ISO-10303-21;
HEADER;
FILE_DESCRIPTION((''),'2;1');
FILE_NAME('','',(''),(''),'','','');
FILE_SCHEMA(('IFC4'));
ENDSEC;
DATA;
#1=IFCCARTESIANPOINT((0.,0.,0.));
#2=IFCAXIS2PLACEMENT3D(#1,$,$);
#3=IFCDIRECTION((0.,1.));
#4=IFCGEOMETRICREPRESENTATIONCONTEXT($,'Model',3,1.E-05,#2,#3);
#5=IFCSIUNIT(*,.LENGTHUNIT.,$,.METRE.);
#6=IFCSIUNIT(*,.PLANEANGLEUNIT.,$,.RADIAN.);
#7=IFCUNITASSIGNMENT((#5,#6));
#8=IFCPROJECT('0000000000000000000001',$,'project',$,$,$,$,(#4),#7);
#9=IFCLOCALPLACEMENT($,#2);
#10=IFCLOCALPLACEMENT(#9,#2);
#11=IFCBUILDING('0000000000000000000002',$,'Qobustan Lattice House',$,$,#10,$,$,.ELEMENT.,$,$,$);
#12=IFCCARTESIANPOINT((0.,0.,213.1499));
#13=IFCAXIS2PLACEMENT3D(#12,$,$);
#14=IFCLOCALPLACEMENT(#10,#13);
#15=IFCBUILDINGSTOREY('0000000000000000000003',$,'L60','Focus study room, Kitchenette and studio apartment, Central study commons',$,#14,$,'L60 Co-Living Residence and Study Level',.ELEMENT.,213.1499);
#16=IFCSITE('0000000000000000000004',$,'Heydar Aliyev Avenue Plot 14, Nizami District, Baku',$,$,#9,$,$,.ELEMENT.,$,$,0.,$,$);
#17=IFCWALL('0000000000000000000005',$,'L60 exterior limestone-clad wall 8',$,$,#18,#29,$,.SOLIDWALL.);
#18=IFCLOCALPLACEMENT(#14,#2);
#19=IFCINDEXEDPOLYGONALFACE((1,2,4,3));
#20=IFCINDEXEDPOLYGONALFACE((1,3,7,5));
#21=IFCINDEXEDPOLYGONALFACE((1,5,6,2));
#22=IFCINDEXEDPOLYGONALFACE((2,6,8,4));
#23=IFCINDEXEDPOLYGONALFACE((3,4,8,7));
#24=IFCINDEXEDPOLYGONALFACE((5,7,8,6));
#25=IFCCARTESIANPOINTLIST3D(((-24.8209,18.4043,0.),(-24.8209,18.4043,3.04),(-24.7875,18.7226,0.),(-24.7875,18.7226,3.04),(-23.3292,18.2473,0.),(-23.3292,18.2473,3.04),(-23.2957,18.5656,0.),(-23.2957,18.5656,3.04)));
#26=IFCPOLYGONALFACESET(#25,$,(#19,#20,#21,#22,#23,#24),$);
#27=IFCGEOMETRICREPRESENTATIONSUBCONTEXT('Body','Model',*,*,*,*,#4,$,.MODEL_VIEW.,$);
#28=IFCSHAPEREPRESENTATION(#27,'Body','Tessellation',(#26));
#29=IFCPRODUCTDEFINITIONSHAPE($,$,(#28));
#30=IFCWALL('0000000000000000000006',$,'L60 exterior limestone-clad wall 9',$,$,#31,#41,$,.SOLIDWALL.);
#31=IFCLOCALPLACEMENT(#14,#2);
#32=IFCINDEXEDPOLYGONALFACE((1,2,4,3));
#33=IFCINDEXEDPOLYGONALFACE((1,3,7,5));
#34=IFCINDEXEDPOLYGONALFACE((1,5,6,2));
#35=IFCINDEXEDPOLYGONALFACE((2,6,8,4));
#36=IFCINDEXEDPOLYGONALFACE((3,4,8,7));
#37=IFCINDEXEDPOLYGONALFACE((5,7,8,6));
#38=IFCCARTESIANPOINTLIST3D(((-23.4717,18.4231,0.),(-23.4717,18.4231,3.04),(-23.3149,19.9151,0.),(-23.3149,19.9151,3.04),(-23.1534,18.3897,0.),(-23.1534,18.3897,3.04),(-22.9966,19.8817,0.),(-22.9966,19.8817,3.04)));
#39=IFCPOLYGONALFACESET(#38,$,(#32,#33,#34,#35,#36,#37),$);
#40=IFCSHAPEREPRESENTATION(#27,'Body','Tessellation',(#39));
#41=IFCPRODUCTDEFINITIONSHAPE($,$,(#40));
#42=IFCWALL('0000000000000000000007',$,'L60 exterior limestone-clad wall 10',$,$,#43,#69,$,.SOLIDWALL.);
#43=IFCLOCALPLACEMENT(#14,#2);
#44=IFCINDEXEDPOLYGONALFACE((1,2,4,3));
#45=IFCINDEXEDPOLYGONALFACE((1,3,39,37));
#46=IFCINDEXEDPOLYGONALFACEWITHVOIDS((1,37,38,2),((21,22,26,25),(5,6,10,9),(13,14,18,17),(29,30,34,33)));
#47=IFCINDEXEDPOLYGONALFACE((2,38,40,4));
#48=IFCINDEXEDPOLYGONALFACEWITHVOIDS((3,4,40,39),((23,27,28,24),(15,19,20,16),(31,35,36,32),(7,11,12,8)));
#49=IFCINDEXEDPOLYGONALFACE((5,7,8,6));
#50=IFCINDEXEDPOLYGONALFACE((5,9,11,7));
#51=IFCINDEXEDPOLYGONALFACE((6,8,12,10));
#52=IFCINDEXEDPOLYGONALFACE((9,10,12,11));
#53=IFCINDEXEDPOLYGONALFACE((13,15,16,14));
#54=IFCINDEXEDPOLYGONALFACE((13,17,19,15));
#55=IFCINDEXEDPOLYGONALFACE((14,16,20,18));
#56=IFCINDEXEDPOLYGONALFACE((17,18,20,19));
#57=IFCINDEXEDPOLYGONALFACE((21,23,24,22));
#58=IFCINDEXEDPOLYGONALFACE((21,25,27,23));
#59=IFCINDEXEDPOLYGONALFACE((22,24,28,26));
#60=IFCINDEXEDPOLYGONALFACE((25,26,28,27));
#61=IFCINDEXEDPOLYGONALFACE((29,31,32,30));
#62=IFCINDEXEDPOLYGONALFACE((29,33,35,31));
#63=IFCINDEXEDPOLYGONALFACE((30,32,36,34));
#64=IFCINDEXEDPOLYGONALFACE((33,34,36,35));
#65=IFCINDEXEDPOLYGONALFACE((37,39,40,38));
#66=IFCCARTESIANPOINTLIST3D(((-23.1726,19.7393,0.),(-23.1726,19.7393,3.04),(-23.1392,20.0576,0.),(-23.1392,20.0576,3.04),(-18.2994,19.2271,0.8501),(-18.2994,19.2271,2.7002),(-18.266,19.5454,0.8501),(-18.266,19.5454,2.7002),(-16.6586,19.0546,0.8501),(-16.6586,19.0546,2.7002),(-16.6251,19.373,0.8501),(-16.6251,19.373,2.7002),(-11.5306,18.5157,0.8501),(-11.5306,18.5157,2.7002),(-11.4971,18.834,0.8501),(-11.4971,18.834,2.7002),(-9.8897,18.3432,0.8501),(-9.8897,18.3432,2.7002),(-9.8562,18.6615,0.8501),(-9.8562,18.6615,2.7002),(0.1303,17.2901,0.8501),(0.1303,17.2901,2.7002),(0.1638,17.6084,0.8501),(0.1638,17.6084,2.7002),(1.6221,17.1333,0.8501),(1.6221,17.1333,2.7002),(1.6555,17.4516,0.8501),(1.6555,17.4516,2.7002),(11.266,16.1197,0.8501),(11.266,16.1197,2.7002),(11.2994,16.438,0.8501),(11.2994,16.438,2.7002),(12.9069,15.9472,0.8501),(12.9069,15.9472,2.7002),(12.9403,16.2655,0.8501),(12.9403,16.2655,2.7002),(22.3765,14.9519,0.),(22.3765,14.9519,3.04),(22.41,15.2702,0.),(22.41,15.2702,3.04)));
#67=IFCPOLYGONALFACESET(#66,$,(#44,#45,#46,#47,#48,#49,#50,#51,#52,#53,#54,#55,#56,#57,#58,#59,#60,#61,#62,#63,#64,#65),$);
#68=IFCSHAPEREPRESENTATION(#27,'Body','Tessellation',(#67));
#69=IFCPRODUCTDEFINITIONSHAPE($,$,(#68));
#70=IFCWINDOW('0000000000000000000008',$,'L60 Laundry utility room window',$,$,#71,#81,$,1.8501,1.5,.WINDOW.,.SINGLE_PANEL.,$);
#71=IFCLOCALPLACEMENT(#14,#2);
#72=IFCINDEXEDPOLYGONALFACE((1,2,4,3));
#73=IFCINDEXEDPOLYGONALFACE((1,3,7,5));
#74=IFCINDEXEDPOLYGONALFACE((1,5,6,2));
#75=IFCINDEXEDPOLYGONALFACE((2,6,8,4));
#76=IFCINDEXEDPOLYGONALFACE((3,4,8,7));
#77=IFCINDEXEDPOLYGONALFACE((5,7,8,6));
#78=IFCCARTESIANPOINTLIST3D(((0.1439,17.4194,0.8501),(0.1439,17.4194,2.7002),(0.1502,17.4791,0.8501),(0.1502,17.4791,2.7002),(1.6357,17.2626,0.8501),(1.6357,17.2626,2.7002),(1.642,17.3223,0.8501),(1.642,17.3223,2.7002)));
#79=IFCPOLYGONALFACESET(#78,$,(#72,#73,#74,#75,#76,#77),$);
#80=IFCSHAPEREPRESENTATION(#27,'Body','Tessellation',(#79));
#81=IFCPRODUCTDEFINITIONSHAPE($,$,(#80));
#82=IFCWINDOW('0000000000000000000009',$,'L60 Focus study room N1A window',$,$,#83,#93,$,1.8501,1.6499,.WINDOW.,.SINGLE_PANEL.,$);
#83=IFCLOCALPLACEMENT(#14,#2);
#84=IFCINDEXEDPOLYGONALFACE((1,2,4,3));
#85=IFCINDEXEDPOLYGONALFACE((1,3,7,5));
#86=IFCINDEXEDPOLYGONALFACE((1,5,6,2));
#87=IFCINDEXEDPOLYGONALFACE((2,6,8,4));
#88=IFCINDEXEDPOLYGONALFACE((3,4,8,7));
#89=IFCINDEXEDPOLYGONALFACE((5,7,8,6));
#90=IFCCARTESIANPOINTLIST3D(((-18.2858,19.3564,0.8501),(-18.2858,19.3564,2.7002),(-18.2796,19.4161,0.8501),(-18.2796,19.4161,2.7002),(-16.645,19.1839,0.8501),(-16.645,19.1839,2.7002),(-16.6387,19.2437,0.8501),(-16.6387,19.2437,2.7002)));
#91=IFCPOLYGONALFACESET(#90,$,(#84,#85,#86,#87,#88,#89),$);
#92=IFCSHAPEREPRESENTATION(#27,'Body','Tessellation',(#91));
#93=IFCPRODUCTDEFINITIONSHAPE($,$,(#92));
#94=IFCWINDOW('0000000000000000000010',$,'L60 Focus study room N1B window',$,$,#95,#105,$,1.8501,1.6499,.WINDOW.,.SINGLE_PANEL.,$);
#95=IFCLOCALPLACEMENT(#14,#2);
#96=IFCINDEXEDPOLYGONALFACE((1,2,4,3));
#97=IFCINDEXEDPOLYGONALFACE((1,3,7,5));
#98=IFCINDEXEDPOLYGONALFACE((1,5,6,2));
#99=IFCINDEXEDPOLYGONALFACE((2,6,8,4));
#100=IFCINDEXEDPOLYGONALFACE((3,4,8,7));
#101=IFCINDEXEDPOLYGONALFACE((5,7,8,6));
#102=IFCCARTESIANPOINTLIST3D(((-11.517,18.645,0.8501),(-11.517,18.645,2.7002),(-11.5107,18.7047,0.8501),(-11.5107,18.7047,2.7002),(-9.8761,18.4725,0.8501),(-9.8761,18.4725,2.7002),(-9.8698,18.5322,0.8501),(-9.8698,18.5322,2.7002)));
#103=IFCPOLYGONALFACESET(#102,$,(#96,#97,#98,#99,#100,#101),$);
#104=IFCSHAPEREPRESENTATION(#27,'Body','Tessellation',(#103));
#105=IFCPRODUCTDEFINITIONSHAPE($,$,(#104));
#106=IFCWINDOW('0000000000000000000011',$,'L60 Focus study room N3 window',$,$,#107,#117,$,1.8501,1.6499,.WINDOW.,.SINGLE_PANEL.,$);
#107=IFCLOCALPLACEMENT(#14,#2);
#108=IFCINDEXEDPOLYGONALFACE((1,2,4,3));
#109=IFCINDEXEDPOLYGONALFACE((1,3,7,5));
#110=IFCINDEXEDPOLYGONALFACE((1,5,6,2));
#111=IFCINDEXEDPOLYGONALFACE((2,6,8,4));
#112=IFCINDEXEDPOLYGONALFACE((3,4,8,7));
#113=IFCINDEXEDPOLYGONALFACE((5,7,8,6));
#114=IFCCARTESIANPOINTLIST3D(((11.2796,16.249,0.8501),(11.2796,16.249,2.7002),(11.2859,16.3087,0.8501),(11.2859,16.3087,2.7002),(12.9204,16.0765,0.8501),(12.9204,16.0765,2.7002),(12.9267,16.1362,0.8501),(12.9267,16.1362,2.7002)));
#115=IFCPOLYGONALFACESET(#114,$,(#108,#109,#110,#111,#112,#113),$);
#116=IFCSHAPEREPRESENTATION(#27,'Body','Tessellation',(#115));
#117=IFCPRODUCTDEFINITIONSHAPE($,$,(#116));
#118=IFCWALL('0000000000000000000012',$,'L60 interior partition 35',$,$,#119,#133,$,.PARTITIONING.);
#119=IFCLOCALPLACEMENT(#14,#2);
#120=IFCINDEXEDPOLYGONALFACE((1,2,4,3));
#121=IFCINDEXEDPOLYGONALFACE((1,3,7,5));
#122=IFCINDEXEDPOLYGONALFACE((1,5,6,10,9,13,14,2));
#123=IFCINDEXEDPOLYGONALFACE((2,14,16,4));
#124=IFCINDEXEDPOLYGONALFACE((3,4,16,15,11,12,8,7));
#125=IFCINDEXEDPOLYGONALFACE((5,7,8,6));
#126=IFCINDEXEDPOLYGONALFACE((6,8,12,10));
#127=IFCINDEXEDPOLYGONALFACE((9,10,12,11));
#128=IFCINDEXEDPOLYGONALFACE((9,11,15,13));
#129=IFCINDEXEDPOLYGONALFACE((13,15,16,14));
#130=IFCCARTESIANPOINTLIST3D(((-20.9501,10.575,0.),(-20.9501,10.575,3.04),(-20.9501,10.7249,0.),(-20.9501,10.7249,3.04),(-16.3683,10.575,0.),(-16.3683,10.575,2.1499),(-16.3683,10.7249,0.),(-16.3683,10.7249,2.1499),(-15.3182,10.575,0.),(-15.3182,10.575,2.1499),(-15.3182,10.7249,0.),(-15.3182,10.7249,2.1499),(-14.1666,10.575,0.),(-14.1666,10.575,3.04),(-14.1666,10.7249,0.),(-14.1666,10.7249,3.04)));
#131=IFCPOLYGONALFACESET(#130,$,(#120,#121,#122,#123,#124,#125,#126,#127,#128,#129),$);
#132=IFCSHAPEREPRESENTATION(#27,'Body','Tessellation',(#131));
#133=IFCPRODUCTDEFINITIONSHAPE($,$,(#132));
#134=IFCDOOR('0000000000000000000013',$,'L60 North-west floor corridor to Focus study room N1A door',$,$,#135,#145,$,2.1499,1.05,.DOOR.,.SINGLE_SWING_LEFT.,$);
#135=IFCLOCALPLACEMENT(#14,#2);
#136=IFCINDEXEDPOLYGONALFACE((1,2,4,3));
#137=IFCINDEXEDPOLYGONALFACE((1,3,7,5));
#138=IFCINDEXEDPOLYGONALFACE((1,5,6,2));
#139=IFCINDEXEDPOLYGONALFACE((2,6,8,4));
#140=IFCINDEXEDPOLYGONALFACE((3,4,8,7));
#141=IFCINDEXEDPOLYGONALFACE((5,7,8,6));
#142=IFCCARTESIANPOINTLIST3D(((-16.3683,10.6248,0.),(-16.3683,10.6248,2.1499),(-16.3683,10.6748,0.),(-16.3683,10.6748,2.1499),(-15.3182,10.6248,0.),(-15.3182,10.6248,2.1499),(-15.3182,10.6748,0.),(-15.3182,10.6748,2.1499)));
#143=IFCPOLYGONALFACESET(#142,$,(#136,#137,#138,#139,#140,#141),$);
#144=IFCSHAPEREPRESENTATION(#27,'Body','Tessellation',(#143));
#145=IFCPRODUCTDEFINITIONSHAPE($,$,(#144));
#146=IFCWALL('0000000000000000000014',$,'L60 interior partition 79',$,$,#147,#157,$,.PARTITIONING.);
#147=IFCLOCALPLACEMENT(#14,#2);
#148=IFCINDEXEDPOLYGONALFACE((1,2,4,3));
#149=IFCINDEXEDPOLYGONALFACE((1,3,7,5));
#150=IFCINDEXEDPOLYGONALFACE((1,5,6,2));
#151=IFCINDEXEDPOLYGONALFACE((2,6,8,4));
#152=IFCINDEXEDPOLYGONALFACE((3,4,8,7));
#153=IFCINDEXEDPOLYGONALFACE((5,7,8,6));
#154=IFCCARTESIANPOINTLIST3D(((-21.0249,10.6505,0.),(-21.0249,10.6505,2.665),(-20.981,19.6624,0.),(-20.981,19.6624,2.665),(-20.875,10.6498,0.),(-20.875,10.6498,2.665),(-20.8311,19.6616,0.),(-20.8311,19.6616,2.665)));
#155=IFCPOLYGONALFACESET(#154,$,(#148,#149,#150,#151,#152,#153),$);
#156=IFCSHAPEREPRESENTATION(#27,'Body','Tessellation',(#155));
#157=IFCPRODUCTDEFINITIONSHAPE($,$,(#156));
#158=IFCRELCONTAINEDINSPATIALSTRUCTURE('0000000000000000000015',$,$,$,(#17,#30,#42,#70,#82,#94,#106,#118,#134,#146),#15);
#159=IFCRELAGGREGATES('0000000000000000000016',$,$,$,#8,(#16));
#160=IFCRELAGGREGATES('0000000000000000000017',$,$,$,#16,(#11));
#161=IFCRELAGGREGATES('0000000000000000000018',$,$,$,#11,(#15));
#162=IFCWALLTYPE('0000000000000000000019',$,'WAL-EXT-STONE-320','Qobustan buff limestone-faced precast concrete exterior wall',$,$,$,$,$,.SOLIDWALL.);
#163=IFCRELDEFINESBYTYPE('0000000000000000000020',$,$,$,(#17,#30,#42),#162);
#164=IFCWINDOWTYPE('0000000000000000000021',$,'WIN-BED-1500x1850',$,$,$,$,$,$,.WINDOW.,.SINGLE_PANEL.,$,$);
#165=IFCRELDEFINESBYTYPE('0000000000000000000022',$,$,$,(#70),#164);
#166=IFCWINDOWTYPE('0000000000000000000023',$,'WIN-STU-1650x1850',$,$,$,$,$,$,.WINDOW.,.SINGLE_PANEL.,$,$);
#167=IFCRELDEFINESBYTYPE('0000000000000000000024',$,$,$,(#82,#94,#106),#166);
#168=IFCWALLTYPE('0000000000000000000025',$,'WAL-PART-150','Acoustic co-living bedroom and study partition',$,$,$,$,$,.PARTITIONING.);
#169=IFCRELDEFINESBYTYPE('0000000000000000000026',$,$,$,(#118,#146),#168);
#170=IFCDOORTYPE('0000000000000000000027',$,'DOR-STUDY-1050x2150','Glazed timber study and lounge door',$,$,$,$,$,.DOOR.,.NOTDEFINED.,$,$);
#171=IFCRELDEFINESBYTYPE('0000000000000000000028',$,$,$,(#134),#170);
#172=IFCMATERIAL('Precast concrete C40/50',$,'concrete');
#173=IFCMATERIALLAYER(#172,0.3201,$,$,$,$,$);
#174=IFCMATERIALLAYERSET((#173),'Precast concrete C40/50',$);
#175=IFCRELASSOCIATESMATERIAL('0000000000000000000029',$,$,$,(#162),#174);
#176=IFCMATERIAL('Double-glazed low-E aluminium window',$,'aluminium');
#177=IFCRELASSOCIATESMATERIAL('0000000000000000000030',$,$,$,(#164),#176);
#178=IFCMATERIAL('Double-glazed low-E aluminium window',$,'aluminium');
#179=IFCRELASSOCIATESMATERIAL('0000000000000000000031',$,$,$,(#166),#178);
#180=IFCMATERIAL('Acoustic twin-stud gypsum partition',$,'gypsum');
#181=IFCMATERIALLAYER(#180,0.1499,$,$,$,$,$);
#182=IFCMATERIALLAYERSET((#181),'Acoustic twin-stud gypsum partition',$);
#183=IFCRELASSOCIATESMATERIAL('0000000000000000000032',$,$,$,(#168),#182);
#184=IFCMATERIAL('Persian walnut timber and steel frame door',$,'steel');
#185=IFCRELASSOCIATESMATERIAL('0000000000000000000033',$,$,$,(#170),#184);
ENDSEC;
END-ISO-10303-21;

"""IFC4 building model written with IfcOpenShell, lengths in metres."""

from ifc_helpers import new_model, si_unit, direction, frame, frame_2d, origin, place, context, subcontext, project, spatial, rectangle, extrude, material, layer, layer_set, type_object, element, fill, save


model = new_model("IFC4")

# Units and contexts
model_context = context("Model", 3, precision=1e-05, world=origin(), true_north=direction((0.0, 1.0)))
body_context = subcontext(model_context, "Body", "Model", "MODEL_VIEW")
ifc_project = project(units=[si_unit("LENGTHUNIT", "METRE"), si_unit("PLANEANGLEUNIT", "RADIAN")], contexts=[model_context])

# Site, building, storey
site_placement = place(None, origin())
site = spatial("IfcSite", under=ifc_project, at=site_placement, Name="Heydar Aliyev Avenue Plot 14, Nizami District, Baku", CompositionType="ELEMENT", RefElevation=0.0)
building_placement = place(site_placement, origin())
building = spatial("IfcBuilding", under=site, at=building_placement, Name="Qobustan Lattice House", CompositionType="ELEMENT")
storey_placement = place(building_placement, frame((0.0, 0.0, 213.1499)))
storey = spatial("IfcBuildingStorey", under=building, at=storey_placement, Name="L60", Description="Focus study room, Kitchenette and studio apartment, Central study commons", LongName="L60 Co-Living Residence and Study Level", CompositionType="ELEMENT", Elevation=213.1499)

# Walls
ifc_material_1 = material(Name="Precast concrete C40/50", Category="concrete")
ifc_layer_1 = layer(ifc_material_1, 0.3201)
ifc_layer_set_1 = layer_set([ifc_layer_1], Name="Precast concrete C40/50")
wall_type_1 = type_object("IfcWallType", Name="WAL-EXT-STONE-320", Description="Qobustan buff limestone-faced precast concrete exterior wall", PredefinedType="SOLIDWALL", material=ifc_layer_set_1)
wall_1_placement = place(storey_placement, frame((-24.8042, 18.5635, 0.0), z_axis=(0.0, 0.0, 1.0), x_axis=(0.994508, -0.104659, 0.0)))
element("IfcWall", 1, at=wall_1_placement, inside=storey, type_object=wall_type_1, Name="L60 exterior limestone-clad wall 8", PredefinedType="SOLIDWALL", context=body_context, shape_type="SweptSolid", body=[
    extrude(rectangle(XDim=1.5, YDim=0.3201, at=frame_2d((0.75, 0.0))), origin(), (0.0, 0.0, 1.0), 3.04),
])
wall_2_placement = place(storey_placement, frame((-23.3125, 18.4065, 0.0), z_axis=(0.0, 0.0, 1.0), x_axis=(0.104481, 0.994527, 0.0)))
element("IfcWall", 2, at=wall_2_placement, inside=storey, type_object=wall_type_1, Name="L60 exterior limestone-clad wall 9", PredefinedType="SOLIDWALL", context=body_context, shape_type="SweptSolid", body=[
    extrude(rectangle(XDim=1.5002, YDim=0.3201, at=frame_2d((0.75, 0.0))), origin(), (0.0, 0.0, 1.0), 3.04),
])

# Wall, openings, windows
wall_3_placement = place(storey_placement, frame((-23.1558, 19.8984, 0.0), z_axis=(0.0, 0.0, 1.0), x_axis=(0.994522, -0.104527, 0.0)))
wall_3 = element("IfcWall", 3, at=wall_3_placement, inside=storey, type_object=wall_type_1, Name="L60 exterior limestone-clad wall 10", PredefinedType="SOLIDWALL", context=body_context, shape_type="SweptSolid", body=[
    extrude(rectangle(XDim=45.8, YDim=0.3201, at=frame_2d((22.8999, 0.0))), origin(), (0.0, 0.0, 1.0), 3.04),
])
opening_1_placement = place(wall_3_placement, frame((4.8999, 0.0, 0.8501)))
opening_1 = element("IfcOpeningElement", 4, at=opening_1_placement, cuts=wall_3, PredefinedType="OPENING", context=body_context, shape_type="SweptSolid", body=[
    extrude(rectangle(XDim=1.6499, YDim=1.8501, at=frame_2d((0.825, 0.925))), frame((0.0, 0.1699, 0.0), z_axis=(0.0, -1.0, 0.0), x_axis=(1.0, 0.0, 0.0)), (0.0, 0.0, 1.0), 0.3401),
])
opening_2_placement = place(wall_3_placement, frame((11.7061, 0.0, 0.8501)))
opening_2 = element("IfcOpeningElement", 5, at=opening_2_placement, cuts=wall_3, PredefinedType="OPENING", context=body_context, shape_type="SweptSolid", body=[
    extrude(rectangle(XDim=1.6499, YDim=1.8501, at=frame_2d((0.825, 0.925))), frame((0.0, 0.1699, 0.0), z_axis=(0.0, -1.0, 0.0), x_axis=(1.0, 0.0, 0.0)), (0.0, 0.0, 1.0), 0.3401),
])
opening_3_placement = place(wall_3_placement, frame((23.4312, 0.0, 0.8501)))
opening_3 = element("IfcOpeningElement", 6, at=opening_3_placement, cuts=wall_3, PredefinedType="OPENING", context=body_context, shape_type="SweptSolid", body=[
    extrude(rectangle(XDim=1.5, YDim=1.8501, at=frame_2d((0.75, 0.925))), frame((0.0, 0.1699, 0.0), z_axis=(0.0, -1.0, 0.0), x_axis=(1.0, 0.0, 0.0)), (0.0, 0.0, 1.0), 0.3401),
])
opening_4_placement = place(wall_3_placement, frame((34.6282, 0.0, 0.8501)))
opening_4 = element("IfcOpeningElement", 7, at=opening_4_placement, cuts=wall_3, PredefinedType="OPENING", context=body_context, shape_type="SweptSolid", body=[
    extrude(rectangle(XDim=1.6499, YDim=1.8501, at=frame_2d((0.825, 0.925))), frame((0.0, 0.1699, 0.0), z_axis=(0.0, -1.0, 0.0), x_axis=(1.0, 0.0, 0.0)), (0.0, 0.0, 1.0), 0.3401),
])
ifc_material_2 = material(Name="Double-glazed low-E aluminium window", Category="aluminium")
window_type_1 = type_object("IfcWindowType", Name="WIN-BED-1500x1850", PartitioningType="SINGLE_PANEL", PredefinedType="WINDOW", material=ifc_material_2)
window_1_placement = place(opening_3_placement, origin())
window_1 = element("IfcWindow", 8, at=window_1_placement, inside=storey, type_object=window_type_1, Name="L60 Laundry utility room window", OverallHeight=1.8501, OverallWidth=1.5, PartitioningType="SINGLE_PANEL", PredefinedType="WINDOW", context=body_context, shape_type="SweptSolid", body=[
    extrude(rectangle(XDim=1.5, YDim=1.8501, at=frame_2d((0.75, 0.925))), frame((0.0, 0.03, 0.0), z_axis=(0.0, -1.0, 0.0), x_axis=(1.0, 0.0, 0.0)), (0.0, 0.0, 1.0), 0.0601),
])
fill(opening_3, window_1)
ifc_material_3 = material(Name="Double-glazed low-E aluminium window", Category="aluminium")
window_type_2 = type_object("IfcWindowType", Name="WIN-STU-1650x1850", PartitioningType="SINGLE_PANEL", PredefinedType="WINDOW", material=ifc_material_3)
window_2_placement = place(opening_1_placement, origin())
window_2 = element("IfcWindow", 9, at=window_2_placement, inside=storey, type_object=window_type_2, Name="L60 Focus study room N1A window", OverallHeight=1.8501, OverallWidth=1.6499, PartitioningType="SINGLE_PANEL", PredefinedType="WINDOW", context=body_context, shape_type="SweptSolid", body=[
    extrude(rectangle(XDim=1.6499, YDim=1.8501, at=frame_2d((0.825, 0.925))), frame((0.0, 0.03, 0.0), z_axis=(0.0, -1.0, 0.0), x_axis=(1.0, 0.0, 0.0)), (0.0, 0.0, 1.0), 0.0601),
])
fill(opening_1, window_2)
window_3_placement = place(opening_2_placement, origin())
window_3 = element("IfcWindow", 10, at=window_3_placement, inside=storey, type_object=window_type_2, Name="L60 Focus study room N1B window", OverallHeight=1.8501, OverallWidth=1.6499, PartitioningType="SINGLE_PANEL", PredefinedType="WINDOW", context=body_context, shape_type="SweptSolid", body=[
    extrude(rectangle(XDim=1.6499, YDim=1.8501, at=frame_2d((0.825, 0.925))), frame((0.0, 0.03, 0.0), z_axis=(0.0, -1.0, 0.0), x_axis=(1.0, 0.0, 0.0)), (0.0, 0.0, 1.0), 0.0601),
])
fill(opening_2, window_3)
window_4_placement = place(opening_4_placement, origin())
window_4 = element("IfcWindow", 11, at=window_4_placement, inside=storey, type_object=window_type_2, Name="L60 Focus study room N3 window", OverallHeight=1.8501, OverallWidth=1.6499, PartitioningType="SINGLE_PANEL", PredefinedType="WINDOW", context=body_context, shape_type="SweptSolid", body=[
    extrude(rectangle(XDim=1.6499, YDim=1.8501, at=frame_2d((0.825, 0.925))), frame((0.0, 0.03, 0.0), z_axis=(0.0, -1.0, 0.0), x_axis=(1.0, 0.0, 0.0)), (0.0, 0.0, 1.0), 0.0601),
])
fill(opening_4, window_4)

# Wall, opening, door
ifc_material_4 = material(Name="Acoustic twin-stud gypsum partition", Category="gypsum")
ifc_layer_2 = layer(ifc_material_4, 0.1499)
ifc_layer_set_2 = layer_set([ifc_layer_2], Name="Acoustic twin-stud gypsum partition")
wall_type_2 = type_object("IfcWallType", Name="WAL-PART-150", Description="Acoustic co-living bedroom and study partition", PredefinedType="PARTITIONING", material=ifc_layer_set_2)
wall_4_placement = place(storey_placement, frame((-20.95, 10.6499, 0.0), z_axis=(0.0, 0.0, 1.0), x_axis=(1.0, 0.0, 0.0)))
wall_4 = element("IfcWall", 12, at=wall_4_placement, inside=storey, type_object=wall_type_2, Name="L60 interior partition 35", PredefinedType="PARTITIONING", context=body_context, shape_type="SweptSolid", body=[
    extrude(rectangle(XDim=6.7834, YDim=0.1499, at=frame_2d((3.3916, 0.0))), origin(), (0.0, 0.0, 1.0), 3.04),
])
opening_5_placement = place(wall_4_placement, frame((4.5818, 0.0, 0.0)))
opening_5 = element("IfcOpeningElement", 13, at=opening_5_placement, cuts=wall_4, PredefinedType="OPENING", context=body_context, shape_type="SweptSolid", body=[
    extrude(rectangle(XDim=1.05, YDim=2.1499, at=frame_2d((0.5249, 1.075))), frame((0.0, 0.085, 0.0), z_axis=(0.0, -1.0, 0.0), x_axis=(1.0, 0.0, 0.0)), (0.0, 0.0, 1.0), 0.1699),
])
ifc_material_5 = material(Name="Persian walnut timber and steel frame door", Category="steel")
door_type = type_object("IfcDoorType", Name="DOR-STUDY-1050x2150", Description="Glazed timber study and lounge door", OperationType="NOTDEFINED", PredefinedType="DOOR", material=ifc_material_5)
door_placement = place(opening_5_placement, origin())
door = element("IfcDoor", 14, at=door_placement, inside=storey, type_object=door_type, Name="L60 North-west floor corridor to Focus study room N1A door", OperationType="SINGLE_SWING_LEFT", OverallHeight=2.1499, OverallWidth=1.05, PredefinedType="DOOR", context=body_context, shape_type="SweptSolid", body=[
    extrude(rectangle(XDim=1.05, YDim=2.1499, at=frame_2d((0.5249, 1.075))), frame((0.0, 0.0249, 0.0), z_axis=(0.0, -1.0, 0.0), x_axis=(1.0, 0.0, 0.0)), (0.0, 0.0, 1.0), 0.05),
])
fill(opening_5, door)

# Wall
wall_5_placement = place(storey_placement, frame((-20.906, 19.6619, 0.0), z_axis=(0.0, 0.0, 1.0), x_axis=(-0.004876, -0.999988, 0.0)))
element("IfcWall", 15, at=wall_5_placement, inside=storey, type_object=wall_type_2, Name="L60 interior partition 79", PredefinedType="PARTITIONING", context=body_context, shape_type="SweptSolid", body=[
    extrude(rectangle(XDim=9.012, YDim=0.1499, at=frame_2d((4.5059, 0.0))), origin(), (0.0, 0.0, 1.0), 2.665),
])

save(model, "model.ifc")
